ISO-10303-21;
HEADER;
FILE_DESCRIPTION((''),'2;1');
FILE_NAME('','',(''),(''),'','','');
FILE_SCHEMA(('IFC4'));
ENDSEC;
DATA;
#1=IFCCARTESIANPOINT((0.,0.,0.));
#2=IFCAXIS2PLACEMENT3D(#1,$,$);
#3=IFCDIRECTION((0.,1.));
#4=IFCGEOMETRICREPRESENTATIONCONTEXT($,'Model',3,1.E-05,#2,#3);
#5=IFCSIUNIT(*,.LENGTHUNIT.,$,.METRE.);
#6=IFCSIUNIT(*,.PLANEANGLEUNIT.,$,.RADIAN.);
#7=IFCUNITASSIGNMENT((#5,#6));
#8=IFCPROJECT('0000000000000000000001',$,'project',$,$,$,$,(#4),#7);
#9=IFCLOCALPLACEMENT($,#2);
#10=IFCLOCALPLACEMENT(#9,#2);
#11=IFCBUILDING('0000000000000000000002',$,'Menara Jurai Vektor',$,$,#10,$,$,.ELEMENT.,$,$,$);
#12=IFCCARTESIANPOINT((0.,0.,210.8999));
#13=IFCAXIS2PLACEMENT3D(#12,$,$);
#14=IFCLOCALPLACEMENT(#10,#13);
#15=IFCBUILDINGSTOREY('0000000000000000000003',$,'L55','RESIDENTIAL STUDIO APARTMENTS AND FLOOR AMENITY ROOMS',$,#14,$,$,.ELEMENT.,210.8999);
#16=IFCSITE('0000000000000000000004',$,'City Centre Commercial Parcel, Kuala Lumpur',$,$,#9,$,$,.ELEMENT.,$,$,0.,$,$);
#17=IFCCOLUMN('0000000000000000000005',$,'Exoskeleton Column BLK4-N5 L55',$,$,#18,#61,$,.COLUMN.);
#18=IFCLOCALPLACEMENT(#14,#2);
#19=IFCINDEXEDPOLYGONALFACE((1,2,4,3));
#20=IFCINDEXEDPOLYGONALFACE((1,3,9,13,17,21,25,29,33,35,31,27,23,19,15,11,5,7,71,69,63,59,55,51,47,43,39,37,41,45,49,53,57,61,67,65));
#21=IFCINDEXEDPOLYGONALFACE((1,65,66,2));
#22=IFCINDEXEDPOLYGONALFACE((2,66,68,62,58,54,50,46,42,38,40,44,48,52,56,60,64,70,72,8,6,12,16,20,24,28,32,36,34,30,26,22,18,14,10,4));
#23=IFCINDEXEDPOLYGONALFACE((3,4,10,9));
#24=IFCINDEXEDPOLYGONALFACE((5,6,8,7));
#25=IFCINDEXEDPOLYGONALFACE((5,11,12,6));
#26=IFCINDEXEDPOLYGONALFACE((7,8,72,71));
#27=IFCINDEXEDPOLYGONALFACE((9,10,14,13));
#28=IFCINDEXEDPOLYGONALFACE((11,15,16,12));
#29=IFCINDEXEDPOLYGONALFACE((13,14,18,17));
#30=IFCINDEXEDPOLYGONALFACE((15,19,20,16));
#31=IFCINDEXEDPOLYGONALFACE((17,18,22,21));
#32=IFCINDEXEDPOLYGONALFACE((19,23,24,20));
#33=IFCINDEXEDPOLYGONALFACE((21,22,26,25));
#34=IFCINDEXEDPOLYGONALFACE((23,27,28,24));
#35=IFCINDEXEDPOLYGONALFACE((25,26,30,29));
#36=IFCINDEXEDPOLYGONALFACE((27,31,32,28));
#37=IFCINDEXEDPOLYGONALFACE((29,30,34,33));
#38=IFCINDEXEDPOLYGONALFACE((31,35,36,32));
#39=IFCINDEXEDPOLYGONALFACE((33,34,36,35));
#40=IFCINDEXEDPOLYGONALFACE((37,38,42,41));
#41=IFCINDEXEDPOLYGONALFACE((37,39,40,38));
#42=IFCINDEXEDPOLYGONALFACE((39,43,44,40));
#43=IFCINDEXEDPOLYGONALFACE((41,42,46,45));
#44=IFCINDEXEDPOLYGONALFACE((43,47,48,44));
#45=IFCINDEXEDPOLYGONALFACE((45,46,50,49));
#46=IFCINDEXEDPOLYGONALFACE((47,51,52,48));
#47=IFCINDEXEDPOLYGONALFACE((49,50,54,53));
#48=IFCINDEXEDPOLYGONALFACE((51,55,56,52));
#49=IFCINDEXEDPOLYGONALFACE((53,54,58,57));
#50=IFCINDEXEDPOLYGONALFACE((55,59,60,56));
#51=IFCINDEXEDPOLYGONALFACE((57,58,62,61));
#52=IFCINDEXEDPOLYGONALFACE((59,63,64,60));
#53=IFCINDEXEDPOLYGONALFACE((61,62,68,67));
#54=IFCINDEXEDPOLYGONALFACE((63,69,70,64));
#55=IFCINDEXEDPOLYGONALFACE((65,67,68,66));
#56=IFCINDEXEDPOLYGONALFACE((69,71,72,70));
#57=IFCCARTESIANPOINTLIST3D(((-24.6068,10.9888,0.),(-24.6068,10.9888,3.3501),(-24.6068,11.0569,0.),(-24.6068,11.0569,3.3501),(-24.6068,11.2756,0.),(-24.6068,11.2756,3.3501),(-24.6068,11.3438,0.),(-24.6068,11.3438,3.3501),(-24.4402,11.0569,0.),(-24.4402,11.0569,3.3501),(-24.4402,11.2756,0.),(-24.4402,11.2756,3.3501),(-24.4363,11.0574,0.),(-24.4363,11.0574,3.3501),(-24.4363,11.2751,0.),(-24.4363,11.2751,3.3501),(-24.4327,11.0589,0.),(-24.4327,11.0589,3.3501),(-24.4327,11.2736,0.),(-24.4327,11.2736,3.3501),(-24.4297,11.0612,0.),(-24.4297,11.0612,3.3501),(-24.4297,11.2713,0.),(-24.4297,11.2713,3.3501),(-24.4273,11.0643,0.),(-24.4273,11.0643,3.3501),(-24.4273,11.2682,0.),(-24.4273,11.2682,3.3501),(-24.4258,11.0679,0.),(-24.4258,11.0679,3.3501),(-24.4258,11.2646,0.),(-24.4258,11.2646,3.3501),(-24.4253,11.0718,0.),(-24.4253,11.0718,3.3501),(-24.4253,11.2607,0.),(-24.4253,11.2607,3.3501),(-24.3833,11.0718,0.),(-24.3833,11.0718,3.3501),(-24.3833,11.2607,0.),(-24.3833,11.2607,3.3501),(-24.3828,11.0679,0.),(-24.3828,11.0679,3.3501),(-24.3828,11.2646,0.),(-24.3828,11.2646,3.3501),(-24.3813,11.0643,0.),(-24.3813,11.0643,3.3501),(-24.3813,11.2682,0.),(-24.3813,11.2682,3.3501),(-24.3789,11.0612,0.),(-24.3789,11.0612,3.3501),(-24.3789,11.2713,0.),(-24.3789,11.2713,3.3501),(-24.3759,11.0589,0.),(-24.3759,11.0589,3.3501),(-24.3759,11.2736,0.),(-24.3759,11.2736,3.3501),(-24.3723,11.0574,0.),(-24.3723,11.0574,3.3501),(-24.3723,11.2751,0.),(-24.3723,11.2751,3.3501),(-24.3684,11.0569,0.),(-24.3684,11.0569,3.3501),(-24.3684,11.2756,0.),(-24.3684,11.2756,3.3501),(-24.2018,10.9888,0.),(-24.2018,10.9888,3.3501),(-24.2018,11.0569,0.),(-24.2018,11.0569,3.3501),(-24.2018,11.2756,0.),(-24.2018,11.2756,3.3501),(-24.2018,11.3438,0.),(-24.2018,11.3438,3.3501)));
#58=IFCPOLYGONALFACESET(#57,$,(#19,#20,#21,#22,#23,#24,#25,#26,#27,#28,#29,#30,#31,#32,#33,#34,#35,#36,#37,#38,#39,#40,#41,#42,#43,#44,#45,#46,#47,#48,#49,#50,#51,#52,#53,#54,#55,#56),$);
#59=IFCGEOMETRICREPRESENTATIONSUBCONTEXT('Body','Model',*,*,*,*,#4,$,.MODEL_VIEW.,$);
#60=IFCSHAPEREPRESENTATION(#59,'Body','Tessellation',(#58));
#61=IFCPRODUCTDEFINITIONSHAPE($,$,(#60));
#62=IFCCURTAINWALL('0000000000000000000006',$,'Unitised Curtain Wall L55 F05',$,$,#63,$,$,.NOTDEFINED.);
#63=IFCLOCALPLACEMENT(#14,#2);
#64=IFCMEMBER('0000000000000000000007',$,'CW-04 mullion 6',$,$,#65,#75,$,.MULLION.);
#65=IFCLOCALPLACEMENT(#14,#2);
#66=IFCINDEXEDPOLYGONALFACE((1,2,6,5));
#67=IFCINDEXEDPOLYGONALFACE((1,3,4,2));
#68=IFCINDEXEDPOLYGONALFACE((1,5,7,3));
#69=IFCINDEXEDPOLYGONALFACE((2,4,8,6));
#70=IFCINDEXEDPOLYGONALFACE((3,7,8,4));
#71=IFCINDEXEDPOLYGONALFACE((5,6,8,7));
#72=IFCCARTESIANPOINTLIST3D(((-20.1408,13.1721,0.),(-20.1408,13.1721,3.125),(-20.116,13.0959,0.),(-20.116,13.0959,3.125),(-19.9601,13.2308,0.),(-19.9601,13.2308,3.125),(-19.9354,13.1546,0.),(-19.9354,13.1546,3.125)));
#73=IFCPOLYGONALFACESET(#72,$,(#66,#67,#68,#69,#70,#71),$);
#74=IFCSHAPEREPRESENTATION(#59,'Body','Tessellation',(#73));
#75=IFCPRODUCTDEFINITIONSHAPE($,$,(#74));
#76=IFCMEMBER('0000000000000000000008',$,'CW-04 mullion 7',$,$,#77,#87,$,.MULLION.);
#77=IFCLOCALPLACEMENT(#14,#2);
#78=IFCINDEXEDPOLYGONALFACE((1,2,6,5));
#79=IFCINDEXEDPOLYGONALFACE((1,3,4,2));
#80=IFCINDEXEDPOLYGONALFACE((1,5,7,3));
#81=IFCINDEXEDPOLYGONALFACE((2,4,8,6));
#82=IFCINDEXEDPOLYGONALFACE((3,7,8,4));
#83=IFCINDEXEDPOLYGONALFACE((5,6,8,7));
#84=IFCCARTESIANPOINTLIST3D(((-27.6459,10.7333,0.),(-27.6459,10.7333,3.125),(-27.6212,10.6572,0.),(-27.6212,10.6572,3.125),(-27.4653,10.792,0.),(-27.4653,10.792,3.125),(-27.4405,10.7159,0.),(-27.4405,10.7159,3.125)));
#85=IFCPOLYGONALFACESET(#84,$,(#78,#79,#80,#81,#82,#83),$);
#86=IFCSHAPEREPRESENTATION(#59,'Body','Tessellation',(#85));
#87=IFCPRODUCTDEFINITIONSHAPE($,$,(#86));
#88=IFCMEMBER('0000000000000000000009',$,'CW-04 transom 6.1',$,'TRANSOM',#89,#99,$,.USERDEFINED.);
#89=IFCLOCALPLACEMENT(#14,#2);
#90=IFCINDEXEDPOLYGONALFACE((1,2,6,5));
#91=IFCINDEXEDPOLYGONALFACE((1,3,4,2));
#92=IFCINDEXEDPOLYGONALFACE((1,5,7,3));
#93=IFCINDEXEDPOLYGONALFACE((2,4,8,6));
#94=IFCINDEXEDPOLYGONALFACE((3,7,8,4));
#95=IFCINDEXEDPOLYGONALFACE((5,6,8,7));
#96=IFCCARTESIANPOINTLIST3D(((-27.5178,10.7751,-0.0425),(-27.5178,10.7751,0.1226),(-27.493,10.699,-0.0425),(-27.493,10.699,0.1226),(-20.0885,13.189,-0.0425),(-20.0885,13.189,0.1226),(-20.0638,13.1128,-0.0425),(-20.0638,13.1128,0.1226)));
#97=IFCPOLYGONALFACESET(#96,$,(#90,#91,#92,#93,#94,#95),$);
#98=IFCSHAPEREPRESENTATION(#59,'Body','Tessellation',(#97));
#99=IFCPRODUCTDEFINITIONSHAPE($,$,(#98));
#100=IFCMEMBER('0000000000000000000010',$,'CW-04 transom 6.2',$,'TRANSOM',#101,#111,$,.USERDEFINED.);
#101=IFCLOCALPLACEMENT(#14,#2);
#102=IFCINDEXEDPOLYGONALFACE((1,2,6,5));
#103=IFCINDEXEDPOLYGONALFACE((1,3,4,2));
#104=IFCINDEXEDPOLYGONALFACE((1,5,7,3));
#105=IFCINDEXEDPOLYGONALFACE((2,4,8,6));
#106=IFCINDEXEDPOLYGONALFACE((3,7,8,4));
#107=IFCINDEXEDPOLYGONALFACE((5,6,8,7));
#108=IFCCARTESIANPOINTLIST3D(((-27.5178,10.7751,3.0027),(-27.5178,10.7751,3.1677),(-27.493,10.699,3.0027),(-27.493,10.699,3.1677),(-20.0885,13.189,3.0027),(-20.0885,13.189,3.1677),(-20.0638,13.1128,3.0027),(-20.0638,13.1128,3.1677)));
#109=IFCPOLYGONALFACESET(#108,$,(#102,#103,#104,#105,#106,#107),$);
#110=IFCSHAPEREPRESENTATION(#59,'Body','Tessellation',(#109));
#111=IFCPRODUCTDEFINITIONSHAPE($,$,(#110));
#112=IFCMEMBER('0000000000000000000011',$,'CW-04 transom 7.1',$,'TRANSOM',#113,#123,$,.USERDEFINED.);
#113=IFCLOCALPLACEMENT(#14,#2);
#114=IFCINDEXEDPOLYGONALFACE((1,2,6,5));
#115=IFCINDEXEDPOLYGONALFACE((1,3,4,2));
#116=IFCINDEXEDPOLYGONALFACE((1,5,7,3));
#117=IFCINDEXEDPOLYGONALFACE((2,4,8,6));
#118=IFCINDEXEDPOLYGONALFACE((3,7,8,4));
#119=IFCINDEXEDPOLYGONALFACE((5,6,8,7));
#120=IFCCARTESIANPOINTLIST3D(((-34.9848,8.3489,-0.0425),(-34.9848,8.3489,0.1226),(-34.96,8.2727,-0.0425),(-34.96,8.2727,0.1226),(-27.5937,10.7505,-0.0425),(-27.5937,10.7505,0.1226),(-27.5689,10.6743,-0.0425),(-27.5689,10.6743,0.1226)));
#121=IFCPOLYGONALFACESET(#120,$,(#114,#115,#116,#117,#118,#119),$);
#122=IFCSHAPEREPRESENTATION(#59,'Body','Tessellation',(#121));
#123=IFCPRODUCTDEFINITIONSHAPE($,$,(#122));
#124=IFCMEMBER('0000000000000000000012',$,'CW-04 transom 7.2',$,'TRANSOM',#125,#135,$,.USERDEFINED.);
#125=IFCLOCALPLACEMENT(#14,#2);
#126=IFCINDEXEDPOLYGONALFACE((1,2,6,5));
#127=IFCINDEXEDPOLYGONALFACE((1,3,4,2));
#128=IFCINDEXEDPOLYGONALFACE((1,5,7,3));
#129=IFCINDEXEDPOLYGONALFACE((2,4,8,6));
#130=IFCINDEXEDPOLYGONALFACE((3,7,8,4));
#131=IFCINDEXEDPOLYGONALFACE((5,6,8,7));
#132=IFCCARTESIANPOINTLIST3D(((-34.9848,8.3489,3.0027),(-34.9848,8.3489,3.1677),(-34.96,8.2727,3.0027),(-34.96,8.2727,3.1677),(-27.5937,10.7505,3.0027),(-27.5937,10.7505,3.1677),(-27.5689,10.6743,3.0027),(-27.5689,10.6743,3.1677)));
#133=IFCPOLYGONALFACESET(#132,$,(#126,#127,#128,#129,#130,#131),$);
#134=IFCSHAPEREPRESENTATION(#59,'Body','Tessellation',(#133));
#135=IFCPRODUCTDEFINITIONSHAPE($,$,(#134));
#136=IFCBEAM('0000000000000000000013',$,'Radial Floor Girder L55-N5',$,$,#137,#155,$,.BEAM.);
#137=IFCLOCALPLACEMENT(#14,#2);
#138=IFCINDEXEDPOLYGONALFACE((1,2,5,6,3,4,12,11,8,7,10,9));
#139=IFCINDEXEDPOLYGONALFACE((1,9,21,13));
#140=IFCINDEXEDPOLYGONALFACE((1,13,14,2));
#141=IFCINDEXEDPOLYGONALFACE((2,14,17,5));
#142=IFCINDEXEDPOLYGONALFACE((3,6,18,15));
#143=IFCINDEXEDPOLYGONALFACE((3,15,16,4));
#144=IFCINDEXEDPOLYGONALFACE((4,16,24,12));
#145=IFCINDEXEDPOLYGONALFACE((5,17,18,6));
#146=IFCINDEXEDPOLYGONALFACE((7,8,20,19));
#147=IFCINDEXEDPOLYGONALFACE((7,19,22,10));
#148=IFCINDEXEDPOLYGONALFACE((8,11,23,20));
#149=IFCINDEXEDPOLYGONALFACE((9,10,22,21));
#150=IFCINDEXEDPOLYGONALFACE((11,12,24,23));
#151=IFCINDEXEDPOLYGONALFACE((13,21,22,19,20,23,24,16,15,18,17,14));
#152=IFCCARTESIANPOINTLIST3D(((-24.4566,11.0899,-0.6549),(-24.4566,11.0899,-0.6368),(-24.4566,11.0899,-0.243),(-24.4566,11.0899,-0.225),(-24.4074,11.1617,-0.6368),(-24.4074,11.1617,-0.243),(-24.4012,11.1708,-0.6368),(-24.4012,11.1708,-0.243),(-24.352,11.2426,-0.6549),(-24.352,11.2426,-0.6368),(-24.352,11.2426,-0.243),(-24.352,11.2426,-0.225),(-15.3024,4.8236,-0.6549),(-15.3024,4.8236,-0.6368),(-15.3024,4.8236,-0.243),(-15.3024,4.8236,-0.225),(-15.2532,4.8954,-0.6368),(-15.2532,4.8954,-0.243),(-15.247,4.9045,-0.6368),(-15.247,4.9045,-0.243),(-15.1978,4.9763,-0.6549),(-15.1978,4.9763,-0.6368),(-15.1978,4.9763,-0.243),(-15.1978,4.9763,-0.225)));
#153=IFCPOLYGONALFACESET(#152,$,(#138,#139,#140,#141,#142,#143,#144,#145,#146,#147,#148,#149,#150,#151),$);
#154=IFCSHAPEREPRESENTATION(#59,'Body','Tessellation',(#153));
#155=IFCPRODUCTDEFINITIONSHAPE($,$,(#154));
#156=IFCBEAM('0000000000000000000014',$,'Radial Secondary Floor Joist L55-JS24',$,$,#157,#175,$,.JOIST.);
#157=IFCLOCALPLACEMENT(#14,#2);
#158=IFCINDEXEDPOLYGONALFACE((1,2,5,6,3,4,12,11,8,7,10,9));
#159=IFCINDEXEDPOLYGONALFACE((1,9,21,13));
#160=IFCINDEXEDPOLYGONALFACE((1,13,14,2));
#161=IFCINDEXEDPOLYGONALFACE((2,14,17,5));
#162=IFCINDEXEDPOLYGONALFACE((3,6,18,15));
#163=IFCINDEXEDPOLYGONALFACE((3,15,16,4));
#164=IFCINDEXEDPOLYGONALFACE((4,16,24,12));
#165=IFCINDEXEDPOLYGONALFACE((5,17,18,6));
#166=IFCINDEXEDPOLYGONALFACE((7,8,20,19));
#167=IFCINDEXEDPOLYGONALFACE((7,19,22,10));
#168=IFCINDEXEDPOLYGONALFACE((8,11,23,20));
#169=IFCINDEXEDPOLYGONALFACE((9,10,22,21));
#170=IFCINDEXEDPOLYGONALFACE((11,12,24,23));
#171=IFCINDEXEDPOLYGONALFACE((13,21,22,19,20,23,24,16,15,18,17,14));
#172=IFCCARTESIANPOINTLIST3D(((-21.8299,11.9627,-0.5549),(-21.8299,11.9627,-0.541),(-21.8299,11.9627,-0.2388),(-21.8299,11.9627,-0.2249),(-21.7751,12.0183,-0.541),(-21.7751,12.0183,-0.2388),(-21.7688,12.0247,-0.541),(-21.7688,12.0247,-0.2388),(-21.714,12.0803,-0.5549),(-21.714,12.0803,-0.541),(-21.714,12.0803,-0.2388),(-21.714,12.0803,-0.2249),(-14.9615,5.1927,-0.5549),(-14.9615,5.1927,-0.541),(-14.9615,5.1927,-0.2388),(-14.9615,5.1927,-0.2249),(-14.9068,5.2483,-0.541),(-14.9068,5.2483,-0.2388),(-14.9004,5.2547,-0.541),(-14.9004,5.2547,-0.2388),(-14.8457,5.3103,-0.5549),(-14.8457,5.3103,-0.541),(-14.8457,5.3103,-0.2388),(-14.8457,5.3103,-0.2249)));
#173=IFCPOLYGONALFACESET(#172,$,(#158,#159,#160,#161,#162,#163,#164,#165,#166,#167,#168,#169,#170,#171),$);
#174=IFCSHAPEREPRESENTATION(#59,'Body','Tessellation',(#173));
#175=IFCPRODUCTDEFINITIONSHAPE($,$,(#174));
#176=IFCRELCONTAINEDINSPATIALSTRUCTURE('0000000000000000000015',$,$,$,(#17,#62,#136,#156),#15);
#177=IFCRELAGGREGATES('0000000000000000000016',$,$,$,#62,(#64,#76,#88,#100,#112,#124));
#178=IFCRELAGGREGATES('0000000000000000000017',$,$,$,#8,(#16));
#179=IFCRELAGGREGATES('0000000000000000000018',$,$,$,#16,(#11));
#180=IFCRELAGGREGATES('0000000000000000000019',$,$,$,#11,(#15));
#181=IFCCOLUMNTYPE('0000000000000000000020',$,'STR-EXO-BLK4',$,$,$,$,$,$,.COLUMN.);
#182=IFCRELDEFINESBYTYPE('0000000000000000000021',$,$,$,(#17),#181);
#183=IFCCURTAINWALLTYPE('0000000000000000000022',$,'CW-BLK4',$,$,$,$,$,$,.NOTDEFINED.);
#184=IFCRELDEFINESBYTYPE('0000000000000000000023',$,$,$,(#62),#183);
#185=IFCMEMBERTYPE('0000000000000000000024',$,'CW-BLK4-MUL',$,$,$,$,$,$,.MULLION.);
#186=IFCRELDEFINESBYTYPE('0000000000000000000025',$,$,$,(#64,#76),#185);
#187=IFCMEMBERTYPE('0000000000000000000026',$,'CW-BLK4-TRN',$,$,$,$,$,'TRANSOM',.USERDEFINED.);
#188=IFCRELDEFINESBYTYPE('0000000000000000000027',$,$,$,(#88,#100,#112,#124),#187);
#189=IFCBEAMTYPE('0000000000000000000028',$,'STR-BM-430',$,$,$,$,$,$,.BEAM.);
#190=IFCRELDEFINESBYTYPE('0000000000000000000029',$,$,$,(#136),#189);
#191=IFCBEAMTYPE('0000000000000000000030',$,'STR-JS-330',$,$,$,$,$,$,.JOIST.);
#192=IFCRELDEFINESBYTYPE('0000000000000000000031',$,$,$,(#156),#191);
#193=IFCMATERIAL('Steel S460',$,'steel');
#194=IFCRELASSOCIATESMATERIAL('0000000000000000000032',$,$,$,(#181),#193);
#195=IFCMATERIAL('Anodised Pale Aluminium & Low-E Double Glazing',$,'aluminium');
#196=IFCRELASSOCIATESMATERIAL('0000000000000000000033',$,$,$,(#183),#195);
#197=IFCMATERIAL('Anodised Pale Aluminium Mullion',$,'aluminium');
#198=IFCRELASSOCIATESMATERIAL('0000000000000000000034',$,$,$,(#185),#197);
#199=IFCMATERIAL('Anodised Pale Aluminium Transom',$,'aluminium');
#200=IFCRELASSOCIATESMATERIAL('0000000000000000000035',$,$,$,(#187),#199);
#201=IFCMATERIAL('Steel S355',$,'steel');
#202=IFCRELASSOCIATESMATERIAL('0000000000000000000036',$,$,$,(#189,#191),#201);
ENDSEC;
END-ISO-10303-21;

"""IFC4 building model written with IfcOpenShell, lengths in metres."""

from ifc_helpers import new_model, si_unit, direction, frame, origin, origin_2d, place, context, subcontext, project, spatial, rectangle, i_section, extrude, material, material_profile, profile_set, type_object, element, aggregate, save


model = new_model("IFC4")

# Units and contexts
model_context = context("Model", 3, precision=1e-05, world=origin(), true_north=direction((0.0, 1.0)))
body_context = subcontext(model_context, "Body", "Model", "MODEL_VIEW")
ifc_project = project(units=[si_unit("LENGTHUNIT", "METRE"), si_unit("PLANEANGLEUNIT", "RADIAN")], contexts=[model_context])

# Site, building, storey
site_placement = place(None, origin())
site = spatial("IfcSite", under=ifc_project, at=site_placement, Name="City Centre Commercial Parcel, Kuala Lumpur", CompositionType="ELEMENT", RefElevation=0.0)
building_placement = place(site_placement, origin())
building = spatial("IfcBuilding", under=site, at=building_placement, Name="Menara Jurai Vektor", CompositionType="ELEMENT")
storey_placement = place(building_placement, frame((0.0, 0.0, 210.8999)))
storey = spatial("IfcBuildingStorey", under=building, at=storey_placement, Name="L55", Description="RESIDENTIAL STUDIO APARTMENTS AND FLOOR AMENITY ROOMS", CompositionType="ELEMENT", Elevation=210.8999)

# Column
ifc_material_1 = material(Name="Steel S460", Category="steel")
ifc_material_profile_1 = material_profile(ifc_material_1, i_section(OverallWidth=0.405, OverallDepth=0.355, WebThickness=0.042, FlangeThickness=0.0681, FilletRadius=0.0149, at=origin_2d()), Name="HD 400x551")
ifc_profile_set_1 = profile_set([ifc_material_profile_1], Name="Steel S460")
column_type = type_object("IfcColumnType", Name="STR-EXO-BLK4", PredefinedType="COLUMN", material=ifc_profile_set_1)
column_placement = place(storey_placement, frame((-24.4043, 11.1663, 0.0), z_axis=(0.0, 0.0, 1.0), x_axis=(1.0, 0.0, 0.0)))
element("IfcColumn", 1, at=column_placement, inside=storey, type_object=column_type, Name="Exoskeleton Column BLK4-N5 L55", PredefinedType="COLUMN", context=body_context, shape_type="SweptSolid", body=[
    extrude(i_section(OverallWidth=0.405, OverallDepth=0.355, WebThickness=0.042, FlangeThickness=0.0681, FilletRadius=0.0149, at=origin_2d()), origin(), (0.0, 0.0, 1.0), 3.3501),
])

# Curtain wall, members
ifc_material_2 = material(Name="Anodised Pale Aluminium & Low-E Double Glazing", Category="aluminium")
curtain_wall_type = type_object("IfcCurtainWallType", Name="CW-BLK4", PredefinedType="NOTDEFINED", material=ifc_material_2)
curtain_wall_placement = place(storey_placement, origin())
curtain_wall = element("IfcCurtainWall", 2, at=curtain_wall_placement, inside=storey, type_object=curtain_wall_type, Name="Unitised Curtain Wall L55 F05", PredefinedType="NOTDEFINED")
ifc_material_3 = material(Name="Anodised Pale Aluminium Mullion", Category="aluminium")
ifc_material_profile_2 = material_profile(ifc_material_3, rectangle(XDim=0.0801, YDim=0.1899, at=origin_2d()), Name="ALU MUL 80x190")
ifc_profile_set_2 = profile_set([ifc_material_profile_2], Name="Anodised Pale Aluminium Mullion")
member_type_1 = type_object("IfcMemberType", Name="CW-BLK4-MUL", PredefinedType="MULLION", material=ifc_profile_set_2)
member_1_placement = place(storey_placement, frame((-20.0381, 13.1633, 0.0), z_axis=(0.0, 0.0, 1.0), x_axis=(0.309017, -0.951056, 0.0)))
member_1 = element("IfcMember", 3, at=member_1_placement, type_object=member_type_1, Name="CW-04 mullion 6", PredefinedType="MULLION", context=body_context, shape_type="SweptSolid", body=[
    extrude(rectangle(XDim=0.0801, YDim=0.1899, at=origin_2d()), origin(), (0.0, 0.0, 1.0), 3.125),
])
member_2_placement = place(storey_placement, frame((-27.5432, 10.7246, 0.0), z_axis=(0.0, 0.0, 1.0), x_axis=(0.309017, -0.951056, 0.0)))
member_2 = element("IfcMember", 4, at=member_2_placement, type_object=member_type_1, Name="CW-04 mullion 7", PredefinedType="MULLION", context=body_context, shape_type="SweptSolid", body=[
    extrude(rectangle(XDim=0.0801, YDim=0.1899, at=origin_2d()), origin(), (0.0, 0.0, 1.0), 3.125),
])
ifc_material_4 = material(Name="Anodised Pale Aluminium Transom", Category="aluminium")
ifc_material_profile_3 = material_profile(ifc_material_4, rectangle(XDim=0.0801, YDim=0.165, at=origin_2d()), Name="ALU TRN 80x165")
ifc_profile_set_3 = profile_set([ifc_material_profile_3], Name="Anodised Pale Aluminium Transom")
member_type_2 = type_object("IfcMemberType", Name="CW-BLK4-TRN", ElementType="TRANSOM", PredefinedType="USERDEFINED", material=ifc_profile_set_3)
member_3_placement = place(storey_placement, frame((-20.0762, 13.1509, 0.04), z_axis=(-0.951059, -0.309008, 0.0), x_axis=(0.309008, -0.951059, 0.0)))
member_3 = element("IfcMember", 5, at=member_3_placement, type_object=member_type_2, Name="CW-04 transom 6.1", ObjectType="TRANSOM", PredefinedType="USERDEFINED", context=body_context, shape_type="SweptSolid", body=[
    extrude(rectangle(XDim=0.0801, YDim=0.165, at=origin_2d()), origin(), (0.0, 0.0, 1.0), 7.8115),
])
member_4_placement = place(storey_placement, frame((-20.0762, 13.1509, 3.0852), z_axis=(-0.951059, -0.309008, 0.0), x_axis=(0.309008, -0.951059, 0.0)))
member_4 = element("IfcMember", 6, at=member_4_placement, type_object=member_type_2, Name="CW-04 transom 6.2", ObjectType="TRANSOM", PredefinedType="USERDEFINED", context=body_context, shape_type="SweptSolid", body=[
    extrude(rectangle(XDim=0.0801, YDim=0.165, at=origin_2d()), origin(), (0.0, 0.0, 1.0), 7.8115),
])
member_5_placement = place(storey_placement, frame((-27.5813, 10.7124, 0.04), z_axis=(-0.951053, -0.309028, 0.0), x_axis=(0.309028, -0.951053, 0.0)))
member_5 = element("IfcMember", 7, at=member_5_placement, type_object=member_type_2, Name="CW-04 transom 7.1", ObjectType="TRANSOM", PredefinedType="USERDEFINED", context=body_context, shape_type="SweptSolid", body=[
    extrude(rectangle(XDim=0.0801, YDim=0.165, at=origin_2d()), origin(), (0.0, 0.0, 1.0), 7.7715),
])
member_6_placement = place(storey_placement, frame((-27.5813, 10.7124, 3.0852), z_axis=(-0.951053, -0.309028, 0.0), x_axis=(0.309028, -0.951053, 0.0)))
member_6 = element("IfcMember", 8, at=member_6_placement, type_object=member_type_2, Name="CW-04 transom 7.2", ObjectType="TRANSOM", PredefinedType="USERDEFINED", context=body_context, shape_type="SweptSolid", body=[
    extrude(rectangle(XDim=0.0801, YDim=0.165, at=origin_2d()), origin(), (0.0, 0.0, 1.0), 7.7715),
])

# Beams
ifc_material_5 = material(Name="Steel S355", Category="steel")
ifc_material_profile_4 = material_profile(ifc_material_5, i_section(OverallWidth=0.1851, OverallDepth=0.4299, WebThickness=0.011, FlangeThickness=0.0181, at=origin_2d()), Name="PG 430x185x76")
ifc_profile_set_4 = profile_set([ifc_material_profile_4], Name="Steel S355")
beam_type_1 = type_object("IfcBeamType", Name="STR-BM-430", PredefinedType="BEAM", material=ifc_profile_set_4)
beam_1_placement = place(storey_placement, frame((-24.4043, 11.1663, -0.4399), z_axis=(0.825186, -0.564861, 0.0), x_axis=(0.564861, 0.825186, 0.0)))
element("IfcBeam", 9, at=beam_1_placement, inside=storey, type_object=beam_type_1, Name="Radial Floor Girder L55-N5", PredefinedType="BEAM", context=body_context, shape_type="SweptSolid", body=[
    extrude(i_section(OverallWidth=0.1851, OverallDepth=0.4299, WebThickness=0.011, FlangeThickness=0.0181, at=origin_2d()), origin(), (0.0, 0.0, 1.0), 11.0935),
])
ifc_material_profile_5 = material_profile(ifc_material_5, i_section(OverallWidth=0.165, OverallDepth=0.3301, WebThickness=0.009, FlangeThickness=0.0139, at=origin_2d()), Name="PG 330x165x46")
ifc_profile_set_5 = profile_set([ifc_material_profile_5], Name="Steel S355")
beam_type_2 = type_object("IfcBeamType", Name="STR-JS-330", PredefinedType="JOIST", material=ifc_profile_set_5)
beam_2_placement = place(storey_placement, frame((-21.772, 12.0215, -0.3899), z_axis=(0.712189, -0.701987, 0.0), x_axis=(0.701987, 0.712189, 0.0)))
element("IfcBeam", 10, at=beam_2_placement, inside=storey, type_object=beam_type_2, Name="Radial Secondary Floor Joist L55-JS24", PredefinedType="JOIST", context=body_context, shape_type="SweptSolid", body=[
    extrude(i_section(OverallWidth=0.165, OverallDepth=0.3301, WebThickness=0.009, FlangeThickness=0.0139, at=origin_2d()), origin(), (0.0, 0.0, 1.0), 9.644),
])

aggregate(curtain_wall, [member_1, member_2, member_3, member_4, member_5, member_6])

save(model, "model.ifc")
